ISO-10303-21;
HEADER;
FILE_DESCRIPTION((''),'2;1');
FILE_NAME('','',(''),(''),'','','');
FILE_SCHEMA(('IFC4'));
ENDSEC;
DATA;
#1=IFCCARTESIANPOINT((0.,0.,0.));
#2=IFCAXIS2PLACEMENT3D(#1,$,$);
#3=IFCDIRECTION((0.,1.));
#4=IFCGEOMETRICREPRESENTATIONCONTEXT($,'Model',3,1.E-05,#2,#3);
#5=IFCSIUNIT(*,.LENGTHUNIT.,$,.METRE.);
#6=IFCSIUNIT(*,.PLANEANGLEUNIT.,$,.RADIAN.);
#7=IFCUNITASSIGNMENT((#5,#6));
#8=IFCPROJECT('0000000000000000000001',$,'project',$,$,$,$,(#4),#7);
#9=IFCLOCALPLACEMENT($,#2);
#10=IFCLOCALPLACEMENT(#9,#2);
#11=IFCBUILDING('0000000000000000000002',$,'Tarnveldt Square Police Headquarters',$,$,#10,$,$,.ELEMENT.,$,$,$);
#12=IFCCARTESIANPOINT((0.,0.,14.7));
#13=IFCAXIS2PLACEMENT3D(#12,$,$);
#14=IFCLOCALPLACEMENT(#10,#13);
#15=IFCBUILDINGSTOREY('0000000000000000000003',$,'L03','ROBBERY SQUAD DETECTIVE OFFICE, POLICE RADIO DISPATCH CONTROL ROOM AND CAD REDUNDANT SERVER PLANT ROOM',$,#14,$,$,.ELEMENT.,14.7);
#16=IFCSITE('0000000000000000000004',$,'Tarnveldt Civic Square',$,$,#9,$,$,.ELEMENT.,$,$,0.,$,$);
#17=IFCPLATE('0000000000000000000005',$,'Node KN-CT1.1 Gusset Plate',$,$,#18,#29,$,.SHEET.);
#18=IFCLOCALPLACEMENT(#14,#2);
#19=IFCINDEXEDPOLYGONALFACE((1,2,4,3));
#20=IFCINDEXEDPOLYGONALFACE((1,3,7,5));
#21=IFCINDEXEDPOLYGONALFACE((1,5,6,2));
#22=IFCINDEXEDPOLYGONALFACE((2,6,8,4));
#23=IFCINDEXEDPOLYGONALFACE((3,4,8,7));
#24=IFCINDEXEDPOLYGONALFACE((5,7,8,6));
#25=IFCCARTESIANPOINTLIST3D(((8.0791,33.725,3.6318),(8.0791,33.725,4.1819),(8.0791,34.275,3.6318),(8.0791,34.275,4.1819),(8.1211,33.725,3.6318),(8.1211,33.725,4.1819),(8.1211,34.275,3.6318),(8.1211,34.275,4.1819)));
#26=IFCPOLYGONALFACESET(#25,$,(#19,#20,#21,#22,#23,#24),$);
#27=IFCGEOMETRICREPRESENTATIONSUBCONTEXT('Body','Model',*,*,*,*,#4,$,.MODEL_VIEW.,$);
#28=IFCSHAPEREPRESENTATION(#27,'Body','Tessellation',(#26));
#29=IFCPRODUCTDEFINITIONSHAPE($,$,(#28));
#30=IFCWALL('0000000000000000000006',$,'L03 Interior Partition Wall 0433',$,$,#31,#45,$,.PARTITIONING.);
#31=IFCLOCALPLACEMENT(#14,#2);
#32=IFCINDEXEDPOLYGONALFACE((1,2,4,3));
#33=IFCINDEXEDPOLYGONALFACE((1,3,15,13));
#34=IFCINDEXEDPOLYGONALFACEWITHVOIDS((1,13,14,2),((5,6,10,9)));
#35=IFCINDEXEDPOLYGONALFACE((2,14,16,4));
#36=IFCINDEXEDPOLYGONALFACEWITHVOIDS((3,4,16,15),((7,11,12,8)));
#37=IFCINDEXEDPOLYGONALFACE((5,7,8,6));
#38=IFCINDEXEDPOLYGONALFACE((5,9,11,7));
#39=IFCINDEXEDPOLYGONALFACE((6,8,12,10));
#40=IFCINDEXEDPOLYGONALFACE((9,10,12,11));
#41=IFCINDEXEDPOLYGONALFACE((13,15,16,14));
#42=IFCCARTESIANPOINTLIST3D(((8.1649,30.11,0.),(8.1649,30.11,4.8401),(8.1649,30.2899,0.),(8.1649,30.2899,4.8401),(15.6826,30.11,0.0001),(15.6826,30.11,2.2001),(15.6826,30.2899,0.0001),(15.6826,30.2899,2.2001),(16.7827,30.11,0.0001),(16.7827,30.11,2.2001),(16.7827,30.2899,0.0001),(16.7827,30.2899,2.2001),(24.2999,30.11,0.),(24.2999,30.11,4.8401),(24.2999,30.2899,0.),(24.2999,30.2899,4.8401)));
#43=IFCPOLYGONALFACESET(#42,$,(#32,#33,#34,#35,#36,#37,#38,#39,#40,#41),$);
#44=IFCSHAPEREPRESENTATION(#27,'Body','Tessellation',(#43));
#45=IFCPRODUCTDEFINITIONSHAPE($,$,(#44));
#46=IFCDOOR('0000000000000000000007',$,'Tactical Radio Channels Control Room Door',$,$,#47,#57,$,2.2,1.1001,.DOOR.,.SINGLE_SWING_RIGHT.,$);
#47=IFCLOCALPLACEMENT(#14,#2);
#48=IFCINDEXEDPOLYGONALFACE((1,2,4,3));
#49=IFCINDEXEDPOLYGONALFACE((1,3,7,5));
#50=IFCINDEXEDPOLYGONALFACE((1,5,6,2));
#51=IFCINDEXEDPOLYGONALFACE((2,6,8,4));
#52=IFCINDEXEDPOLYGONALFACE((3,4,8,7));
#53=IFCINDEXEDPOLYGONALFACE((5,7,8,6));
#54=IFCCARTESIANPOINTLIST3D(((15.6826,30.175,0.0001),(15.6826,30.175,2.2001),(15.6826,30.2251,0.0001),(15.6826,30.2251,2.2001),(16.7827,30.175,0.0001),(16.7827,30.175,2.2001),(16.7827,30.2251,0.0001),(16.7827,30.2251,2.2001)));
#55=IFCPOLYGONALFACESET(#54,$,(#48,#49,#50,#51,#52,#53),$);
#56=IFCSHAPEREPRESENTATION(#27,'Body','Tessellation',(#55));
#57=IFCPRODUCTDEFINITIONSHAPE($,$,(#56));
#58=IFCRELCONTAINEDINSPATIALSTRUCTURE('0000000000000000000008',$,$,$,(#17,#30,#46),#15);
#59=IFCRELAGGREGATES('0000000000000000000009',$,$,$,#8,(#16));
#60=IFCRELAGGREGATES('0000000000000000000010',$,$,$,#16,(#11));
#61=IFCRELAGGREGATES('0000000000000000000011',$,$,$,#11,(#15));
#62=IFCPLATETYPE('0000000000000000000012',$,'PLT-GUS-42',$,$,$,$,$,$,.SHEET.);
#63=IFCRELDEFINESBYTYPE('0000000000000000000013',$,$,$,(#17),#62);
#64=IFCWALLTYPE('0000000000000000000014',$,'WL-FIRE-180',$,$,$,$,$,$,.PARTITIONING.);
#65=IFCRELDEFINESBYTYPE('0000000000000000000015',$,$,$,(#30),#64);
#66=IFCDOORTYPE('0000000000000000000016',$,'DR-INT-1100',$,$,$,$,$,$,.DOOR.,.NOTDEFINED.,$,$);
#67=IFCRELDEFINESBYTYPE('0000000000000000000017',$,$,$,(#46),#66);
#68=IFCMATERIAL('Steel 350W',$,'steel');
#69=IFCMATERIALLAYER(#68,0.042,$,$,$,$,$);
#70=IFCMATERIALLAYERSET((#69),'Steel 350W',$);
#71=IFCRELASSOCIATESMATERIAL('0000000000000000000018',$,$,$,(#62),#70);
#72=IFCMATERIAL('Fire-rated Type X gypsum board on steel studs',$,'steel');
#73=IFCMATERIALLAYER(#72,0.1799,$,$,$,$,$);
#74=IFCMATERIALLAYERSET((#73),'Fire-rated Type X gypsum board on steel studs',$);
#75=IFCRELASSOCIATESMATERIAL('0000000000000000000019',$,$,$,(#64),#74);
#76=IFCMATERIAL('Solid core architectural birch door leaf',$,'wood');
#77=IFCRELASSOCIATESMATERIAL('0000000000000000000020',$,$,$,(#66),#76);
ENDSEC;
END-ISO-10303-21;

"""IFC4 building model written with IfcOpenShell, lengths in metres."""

from ifc_helpers import new_model, si_unit, direction, frame, frame_2d, origin, origin_2d, place, context, subcontext, project, spatial, rectangle, extrude, material, layer, layer_set, type_object, element, fill, save


model = new_model("IFC4")

# Units and contexts
model_context = context("Model", 3, precision=1e-05, world=origin(), true_north=direction((0.0, 1.0)))
body_context = subcontext(model_context, "Body", "Model", "MODEL_VIEW")
ifc_project = project(units=[si_unit("LENGTHUNIT", "METRE"), si_unit("PLANEANGLEUNIT", "RADIAN")], contexts=[model_context])

# Site, building, storey
site_placement = place(None, origin())
site = spatial("IfcSite", under=ifc_project, at=site_placement, Name="Tarnveldt Civic Square", CompositionType="ELEMENT", RefElevation=0.0)
building_placement = place(site_placement, origin())
building = spatial("IfcBuilding", under=site, at=building_placement, Name="Tarnveldt Square Police Headquarters", CompositionType="ELEMENT")
storey_placement = place(building_placement, frame((0.0, 0.0, 14.7)))
storey = spatial("IfcBuildingStorey", under=building, at=storey_placement, Name="L03", Description="ROBBERY SQUAD DETECTIVE OFFICE, POLICE RADIO DISPATCH CONTROL ROOM AND CAD REDUNDANT SERVER PLANT ROOM", CompositionType="ELEMENT", Elevation=14.7)

# Shared definitions
ifc_material_1 = material(Name="Steel 350W", Category="steel")

# Plate
ifc_layer_1 = layer(ifc_material_1, 0.042)
ifc_layer_set_1 = layer_set([ifc_layer_1], Name="Steel 350W")
plate_type_1 = type_object("IfcPlateType", Name="PLT-GUS-42", PredefinedType="SHEET", material=ifc_layer_set_1)
plate_1_placement = place(storey_placement, frame((8.1001, 34.0, 3.6318), z_axis=(0.0, 0.0, 1.0), x_axis=(1.0, 0.0, 0.0)))
element("IfcPlate", 1, at=plate_1_placement, inside=storey, type_object=plate_type_1, Name="Node KN-CT1.1 Gusset Plate", PredefinedType="SHEET", context=body_context, shape_type="SweptSolid", body=[
    extrude(rectangle(XDim=0.042, YDim=0.55, at=origin_2d()), origin(), (0.0, 0.0, 1.0), 0.55),
])

# Wall, opening, door
ifc_material_2 = material(Name="Fire-rated Type X gypsum board on steel studs", Category="steel")
ifc_layer_2 = layer(ifc_material_2, 0.1799)
ifc_layer_set_2 = layer_set([ifc_layer_2], Name="Fire-rated Type X gypsum board on steel studs")
wall_type = type_object("IfcWallType", Name="WL-FIRE-180", PredefinedType="PARTITIONING", material=ifc_layer_set_2)
wall_placement = place(storey_placement, frame((8.165, 30.2, 0.0), z_axis=(0.0, 0.0, 1.0), x_axis=(1.0, 0.0, 0.0)))
wall = element("IfcWall", 2, at=wall_placement, inside=storey, type_object=wall_type, Name="L03 Interior Partition Wall 0433", PredefinedType="PARTITIONING", context=body_context, shape_type="SweptSolid", body=[
    extrude(rectangle(XDim=16.135, YDim=0.1799, at=frame_2d((8.0674, 0.0))), origin(), (0.0, 0.0, 1.0), 4.8401),
])
opening_placement = place(wall_placement, frame((7.5176, 0.0, 0.0)))
opening = element("IfcOpeningElement", 3, at=opening_placement, cuts=wall, PredefinedType="OPENING", context=body_context, shape_type="SweptSolid", body=[
    extrude(rectangle(XDim=1.1001, YDim=2.2, at=frame_2d((0.55, 1.1001))), frame((0.0, 0.0999, 0.0), z_axis=(0.0, -1.0, 0.0), x_axis=(1.0, 0.0, 0.0)), (0.0, 0.0, 1.0), 0.2),
])
ifc_material_3 = material(Name="Solid core architectural birch door leaf", Category="wood")
door_type = type_object("IfcDoorType", Name="DR-INT-1100", OperationType="NOTDEFINED", PredefinedType="DOOR", material=ifc_material_3)
door_placement = place(opening_placement, frame((1.1001, 0.0, 0.0), z_axis=(0.0, 0.0, 1.0), x_axis=(-1.0, 0.0, 0.0)))
door = element("IfcDoor", 4, at=door_placement, inside=storey, type_object=door_type, Name="Tactical Radio Channels Control Room Door", OperationType="SINGLE_SWING_RIGHT", OverallHeight=2.2, OverallWidth=1.1001, PredefinedType="DOOR", context=body_context, shape_type="SweptSolid", body=[
    extrude(rectangle(XDim=1.1001, YDim=2.2, at=frame_2d((0.55, 1.1001))), frame((0.0, 0.0249, 0.0), z_axis=(0.0, -1.0, 0.0), x_axis=(1.0, 0.0, 0.0)), (0.0, 0.0, 1.0), 0.05),
])
fill(opening, door)

save(model, "model.ifc")
